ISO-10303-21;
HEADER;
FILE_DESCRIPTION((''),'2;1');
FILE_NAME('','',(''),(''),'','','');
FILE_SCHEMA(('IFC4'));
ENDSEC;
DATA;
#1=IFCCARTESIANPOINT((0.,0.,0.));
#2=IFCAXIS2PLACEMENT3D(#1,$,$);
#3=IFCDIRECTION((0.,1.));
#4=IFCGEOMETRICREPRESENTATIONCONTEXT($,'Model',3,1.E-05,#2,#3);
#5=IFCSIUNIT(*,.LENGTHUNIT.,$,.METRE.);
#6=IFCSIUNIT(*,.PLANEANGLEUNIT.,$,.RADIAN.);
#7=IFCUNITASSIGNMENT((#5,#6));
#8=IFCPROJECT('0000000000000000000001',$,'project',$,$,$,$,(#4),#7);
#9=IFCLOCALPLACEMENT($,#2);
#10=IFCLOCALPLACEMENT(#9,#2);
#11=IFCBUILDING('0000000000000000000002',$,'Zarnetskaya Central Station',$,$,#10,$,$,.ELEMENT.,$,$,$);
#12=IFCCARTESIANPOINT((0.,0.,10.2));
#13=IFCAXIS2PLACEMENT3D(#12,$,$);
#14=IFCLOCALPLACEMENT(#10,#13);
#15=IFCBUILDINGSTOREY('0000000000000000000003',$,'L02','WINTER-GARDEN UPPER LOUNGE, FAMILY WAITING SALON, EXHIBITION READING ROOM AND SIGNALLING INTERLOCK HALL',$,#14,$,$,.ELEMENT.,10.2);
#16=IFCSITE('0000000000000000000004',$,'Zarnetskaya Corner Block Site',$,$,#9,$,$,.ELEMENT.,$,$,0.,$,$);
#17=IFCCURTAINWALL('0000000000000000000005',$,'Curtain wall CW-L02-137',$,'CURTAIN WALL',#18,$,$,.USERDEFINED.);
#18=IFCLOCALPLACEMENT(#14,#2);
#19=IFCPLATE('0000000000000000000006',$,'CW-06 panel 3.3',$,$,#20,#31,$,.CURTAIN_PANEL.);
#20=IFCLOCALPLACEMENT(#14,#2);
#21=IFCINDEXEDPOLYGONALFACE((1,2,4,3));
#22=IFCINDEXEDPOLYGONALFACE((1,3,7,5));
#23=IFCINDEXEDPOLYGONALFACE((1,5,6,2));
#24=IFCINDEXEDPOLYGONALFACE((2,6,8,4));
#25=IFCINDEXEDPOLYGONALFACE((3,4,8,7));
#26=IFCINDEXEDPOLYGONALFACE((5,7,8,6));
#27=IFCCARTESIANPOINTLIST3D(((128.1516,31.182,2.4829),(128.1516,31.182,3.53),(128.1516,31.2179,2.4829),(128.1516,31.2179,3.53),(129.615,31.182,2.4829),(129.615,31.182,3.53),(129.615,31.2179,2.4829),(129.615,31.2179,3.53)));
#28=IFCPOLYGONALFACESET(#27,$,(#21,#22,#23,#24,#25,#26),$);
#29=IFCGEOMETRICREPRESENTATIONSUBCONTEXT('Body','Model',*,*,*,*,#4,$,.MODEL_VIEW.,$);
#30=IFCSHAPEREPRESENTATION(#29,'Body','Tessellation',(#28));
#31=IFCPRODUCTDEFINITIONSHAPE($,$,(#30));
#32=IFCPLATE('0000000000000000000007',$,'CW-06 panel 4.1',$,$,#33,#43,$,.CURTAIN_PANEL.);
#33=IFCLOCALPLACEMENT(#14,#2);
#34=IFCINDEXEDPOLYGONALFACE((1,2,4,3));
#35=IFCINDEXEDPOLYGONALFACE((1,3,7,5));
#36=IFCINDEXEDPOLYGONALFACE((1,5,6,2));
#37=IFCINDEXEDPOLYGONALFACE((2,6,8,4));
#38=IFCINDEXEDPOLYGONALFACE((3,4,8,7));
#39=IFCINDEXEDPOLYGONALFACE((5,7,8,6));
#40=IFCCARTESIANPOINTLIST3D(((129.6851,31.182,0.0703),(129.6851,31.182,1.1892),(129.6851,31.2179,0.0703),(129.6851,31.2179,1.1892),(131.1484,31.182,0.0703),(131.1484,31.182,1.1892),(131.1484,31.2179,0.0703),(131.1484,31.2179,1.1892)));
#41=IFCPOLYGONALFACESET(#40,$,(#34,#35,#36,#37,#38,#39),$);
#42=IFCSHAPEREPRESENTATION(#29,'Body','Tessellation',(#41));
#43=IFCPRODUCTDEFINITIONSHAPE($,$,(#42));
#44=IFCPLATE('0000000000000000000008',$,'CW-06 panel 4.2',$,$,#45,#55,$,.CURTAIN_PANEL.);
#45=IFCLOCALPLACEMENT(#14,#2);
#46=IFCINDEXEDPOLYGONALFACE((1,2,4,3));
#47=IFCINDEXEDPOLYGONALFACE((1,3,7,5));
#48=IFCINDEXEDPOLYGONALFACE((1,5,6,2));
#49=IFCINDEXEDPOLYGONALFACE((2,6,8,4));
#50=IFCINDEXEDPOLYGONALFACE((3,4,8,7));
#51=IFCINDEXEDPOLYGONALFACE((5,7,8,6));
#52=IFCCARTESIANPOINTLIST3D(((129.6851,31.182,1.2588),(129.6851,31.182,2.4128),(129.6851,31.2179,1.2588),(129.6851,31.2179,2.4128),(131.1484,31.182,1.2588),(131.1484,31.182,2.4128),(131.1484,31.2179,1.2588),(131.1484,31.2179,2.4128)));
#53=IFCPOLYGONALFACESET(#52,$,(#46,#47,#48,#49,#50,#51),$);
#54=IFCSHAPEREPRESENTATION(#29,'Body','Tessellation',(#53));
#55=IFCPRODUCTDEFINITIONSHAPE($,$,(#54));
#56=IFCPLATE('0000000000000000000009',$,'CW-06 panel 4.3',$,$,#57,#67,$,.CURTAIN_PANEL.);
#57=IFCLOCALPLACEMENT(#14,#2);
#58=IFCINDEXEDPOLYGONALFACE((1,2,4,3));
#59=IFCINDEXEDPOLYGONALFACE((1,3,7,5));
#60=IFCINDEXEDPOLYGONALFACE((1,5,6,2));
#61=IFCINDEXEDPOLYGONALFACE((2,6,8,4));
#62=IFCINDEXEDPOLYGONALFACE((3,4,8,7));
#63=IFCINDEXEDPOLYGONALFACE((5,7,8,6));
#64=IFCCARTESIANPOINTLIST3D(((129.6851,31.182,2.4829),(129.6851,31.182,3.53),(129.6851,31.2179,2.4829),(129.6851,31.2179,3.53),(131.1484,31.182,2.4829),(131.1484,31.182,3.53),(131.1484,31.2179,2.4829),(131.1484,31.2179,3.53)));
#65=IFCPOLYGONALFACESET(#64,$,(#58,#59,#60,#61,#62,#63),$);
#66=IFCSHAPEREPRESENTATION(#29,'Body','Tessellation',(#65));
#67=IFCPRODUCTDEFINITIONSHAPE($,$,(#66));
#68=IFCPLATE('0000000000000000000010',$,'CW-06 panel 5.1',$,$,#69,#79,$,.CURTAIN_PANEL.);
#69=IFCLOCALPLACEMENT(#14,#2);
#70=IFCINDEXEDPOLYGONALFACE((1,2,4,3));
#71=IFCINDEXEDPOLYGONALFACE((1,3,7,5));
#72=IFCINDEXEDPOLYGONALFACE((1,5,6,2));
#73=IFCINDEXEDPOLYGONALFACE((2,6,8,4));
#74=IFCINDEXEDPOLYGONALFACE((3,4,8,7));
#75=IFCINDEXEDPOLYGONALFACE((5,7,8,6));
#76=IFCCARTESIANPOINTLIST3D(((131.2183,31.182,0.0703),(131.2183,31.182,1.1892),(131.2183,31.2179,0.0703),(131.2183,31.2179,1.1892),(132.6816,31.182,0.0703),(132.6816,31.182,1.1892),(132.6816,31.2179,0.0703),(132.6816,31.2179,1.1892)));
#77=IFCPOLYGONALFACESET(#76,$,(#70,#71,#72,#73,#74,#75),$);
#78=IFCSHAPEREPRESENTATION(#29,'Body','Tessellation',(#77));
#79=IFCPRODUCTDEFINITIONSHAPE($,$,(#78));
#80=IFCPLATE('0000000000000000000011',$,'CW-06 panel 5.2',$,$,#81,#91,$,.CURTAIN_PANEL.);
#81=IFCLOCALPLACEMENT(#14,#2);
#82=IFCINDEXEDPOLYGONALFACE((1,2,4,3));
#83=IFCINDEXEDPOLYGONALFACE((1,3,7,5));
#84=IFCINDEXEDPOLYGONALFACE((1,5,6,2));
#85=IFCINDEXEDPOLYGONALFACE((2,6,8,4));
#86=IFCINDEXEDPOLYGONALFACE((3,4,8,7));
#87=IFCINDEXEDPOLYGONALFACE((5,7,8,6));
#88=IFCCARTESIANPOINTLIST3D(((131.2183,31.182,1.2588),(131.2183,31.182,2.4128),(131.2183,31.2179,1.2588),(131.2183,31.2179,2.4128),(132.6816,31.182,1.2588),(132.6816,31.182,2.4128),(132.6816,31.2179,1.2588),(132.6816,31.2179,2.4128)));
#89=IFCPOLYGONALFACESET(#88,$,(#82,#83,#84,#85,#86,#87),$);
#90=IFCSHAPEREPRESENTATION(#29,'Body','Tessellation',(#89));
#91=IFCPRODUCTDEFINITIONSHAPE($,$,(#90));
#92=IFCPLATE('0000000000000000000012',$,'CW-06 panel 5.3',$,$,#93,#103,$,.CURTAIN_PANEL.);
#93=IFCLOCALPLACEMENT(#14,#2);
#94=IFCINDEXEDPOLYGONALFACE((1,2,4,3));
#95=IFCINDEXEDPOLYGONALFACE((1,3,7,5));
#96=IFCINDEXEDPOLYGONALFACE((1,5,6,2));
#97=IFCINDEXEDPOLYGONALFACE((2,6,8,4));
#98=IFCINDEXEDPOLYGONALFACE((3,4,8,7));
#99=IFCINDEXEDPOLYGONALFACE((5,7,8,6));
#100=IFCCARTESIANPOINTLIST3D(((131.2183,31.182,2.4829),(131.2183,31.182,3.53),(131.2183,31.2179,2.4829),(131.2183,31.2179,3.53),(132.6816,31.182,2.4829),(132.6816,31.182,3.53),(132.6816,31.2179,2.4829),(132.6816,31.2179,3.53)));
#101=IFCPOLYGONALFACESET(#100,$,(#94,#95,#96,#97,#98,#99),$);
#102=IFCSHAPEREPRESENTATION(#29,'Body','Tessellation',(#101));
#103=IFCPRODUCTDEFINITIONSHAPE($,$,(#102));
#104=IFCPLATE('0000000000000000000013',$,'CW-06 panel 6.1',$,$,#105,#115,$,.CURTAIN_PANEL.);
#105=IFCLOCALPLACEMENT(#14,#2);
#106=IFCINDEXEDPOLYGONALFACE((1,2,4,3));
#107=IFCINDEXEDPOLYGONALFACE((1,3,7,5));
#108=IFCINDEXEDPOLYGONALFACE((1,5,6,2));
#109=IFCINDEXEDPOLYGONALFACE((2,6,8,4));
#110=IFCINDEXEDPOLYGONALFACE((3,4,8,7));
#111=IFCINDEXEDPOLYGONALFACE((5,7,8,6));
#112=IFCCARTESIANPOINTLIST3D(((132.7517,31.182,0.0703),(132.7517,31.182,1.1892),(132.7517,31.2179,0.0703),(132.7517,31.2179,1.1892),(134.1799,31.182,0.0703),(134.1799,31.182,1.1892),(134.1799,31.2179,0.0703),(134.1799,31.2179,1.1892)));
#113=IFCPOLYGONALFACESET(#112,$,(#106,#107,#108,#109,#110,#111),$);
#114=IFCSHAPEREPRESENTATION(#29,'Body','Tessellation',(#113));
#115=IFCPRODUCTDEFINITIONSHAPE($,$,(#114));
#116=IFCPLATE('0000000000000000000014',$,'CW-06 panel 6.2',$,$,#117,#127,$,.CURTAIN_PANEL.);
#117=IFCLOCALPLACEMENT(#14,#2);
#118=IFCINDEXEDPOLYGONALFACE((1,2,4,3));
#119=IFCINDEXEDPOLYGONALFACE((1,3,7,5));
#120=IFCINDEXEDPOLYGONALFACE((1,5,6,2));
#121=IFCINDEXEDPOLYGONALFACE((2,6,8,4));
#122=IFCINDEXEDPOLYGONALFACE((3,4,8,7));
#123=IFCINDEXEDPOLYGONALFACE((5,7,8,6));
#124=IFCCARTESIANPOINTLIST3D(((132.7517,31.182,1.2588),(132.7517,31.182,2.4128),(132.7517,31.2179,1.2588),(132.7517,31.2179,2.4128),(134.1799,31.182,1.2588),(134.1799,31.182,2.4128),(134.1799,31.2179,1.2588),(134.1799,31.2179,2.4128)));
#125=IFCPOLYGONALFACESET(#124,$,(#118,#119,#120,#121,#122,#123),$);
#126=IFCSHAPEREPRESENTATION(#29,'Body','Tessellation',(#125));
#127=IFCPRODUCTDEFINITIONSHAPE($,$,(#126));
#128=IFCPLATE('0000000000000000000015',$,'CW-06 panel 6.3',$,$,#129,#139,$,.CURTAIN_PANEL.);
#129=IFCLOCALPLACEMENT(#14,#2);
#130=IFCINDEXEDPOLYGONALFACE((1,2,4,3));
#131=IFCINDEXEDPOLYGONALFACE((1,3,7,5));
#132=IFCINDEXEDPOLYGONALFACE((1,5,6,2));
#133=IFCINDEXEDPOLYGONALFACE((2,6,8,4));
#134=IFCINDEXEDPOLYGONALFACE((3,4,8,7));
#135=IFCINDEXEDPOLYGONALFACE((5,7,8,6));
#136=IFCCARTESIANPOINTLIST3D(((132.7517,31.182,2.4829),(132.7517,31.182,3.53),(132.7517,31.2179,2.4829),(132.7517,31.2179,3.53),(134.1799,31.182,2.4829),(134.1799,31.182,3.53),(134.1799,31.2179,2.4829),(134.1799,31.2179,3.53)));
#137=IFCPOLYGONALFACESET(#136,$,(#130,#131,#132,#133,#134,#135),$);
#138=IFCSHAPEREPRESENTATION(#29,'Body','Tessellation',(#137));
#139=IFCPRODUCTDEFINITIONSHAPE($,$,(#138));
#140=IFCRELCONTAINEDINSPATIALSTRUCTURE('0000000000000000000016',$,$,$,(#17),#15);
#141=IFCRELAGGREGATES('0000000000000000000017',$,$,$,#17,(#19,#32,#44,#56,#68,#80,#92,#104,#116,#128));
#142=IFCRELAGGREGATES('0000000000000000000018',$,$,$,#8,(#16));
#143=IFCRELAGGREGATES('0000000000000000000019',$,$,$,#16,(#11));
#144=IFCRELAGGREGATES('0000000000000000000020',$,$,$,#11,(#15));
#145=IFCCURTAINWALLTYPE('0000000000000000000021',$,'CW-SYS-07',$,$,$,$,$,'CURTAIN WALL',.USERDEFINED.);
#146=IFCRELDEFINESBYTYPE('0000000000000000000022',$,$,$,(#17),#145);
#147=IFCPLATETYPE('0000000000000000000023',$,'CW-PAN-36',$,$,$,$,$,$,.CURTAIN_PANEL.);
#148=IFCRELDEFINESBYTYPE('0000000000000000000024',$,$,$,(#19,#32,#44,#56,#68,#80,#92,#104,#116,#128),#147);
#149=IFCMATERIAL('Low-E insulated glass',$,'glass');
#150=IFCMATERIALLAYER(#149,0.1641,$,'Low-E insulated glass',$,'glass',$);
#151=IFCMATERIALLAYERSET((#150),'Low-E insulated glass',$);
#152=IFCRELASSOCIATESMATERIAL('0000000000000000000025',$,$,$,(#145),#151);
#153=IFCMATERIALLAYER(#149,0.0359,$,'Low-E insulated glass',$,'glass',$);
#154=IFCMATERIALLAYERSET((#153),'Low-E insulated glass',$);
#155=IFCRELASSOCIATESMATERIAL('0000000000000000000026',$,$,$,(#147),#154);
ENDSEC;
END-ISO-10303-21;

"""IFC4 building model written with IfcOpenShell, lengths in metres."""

from ifc_helpers import new_model, si_unit, direction, frame, origin, origin_2d, place, context, subcontext, project, spatial, rectangle, extrude, material, layer, layer_set, type_object, element, aggregate, save


model = new_model("IFC4")

# Units and contexts
model_context = context("Model", 3, precision=1e-05, world=origin(), true_north=direction((0.0, 1.0)))
body_context = subcontext(model_context, "Body", "Model", "MODEL_VIEW")
ifc_project = project(units=[si_unit("LENGTHUNIT", "METRE"), si_unit("PLANEANGLEUNIT", "RADIAN")], contexts=[model_context])

# Site, building, storey
site_placement = place(None, origin())
site = spatial("IfcSite", under=ifc_project, at=site_placement, Name="Zarnetskaya Corner Block Site", CompositionType="ELEMENT", RefElevation=0.0)
building_placement = place(site_placement, origin())
building = spatial("IfcBuilding", under=site, at=building_placement, Name="Zarnetskaya Central Station", CompositionType="ELEMENT")
storey_placement = place(building_placement, frame((0.0, 0.0, 10.2)))
storey = spatial("IfcBuildingStorey", under=building, at=storey_placement, Name="L02", Description="WINTER-GARDEN UPPER LOUNGE, FAMILY WAITING SALON, EXHIBITION READING ROOM AND SIGNALLING INTERLOCK HALL", CompositionType="ELEMENT", Elevation=10.2)

# Curtain wall, plates
ifc_material_1 = material(Name="Low-E insulated glass", Category="glass")
ifc_layer_1 = layer(ifc_material_1, 0.1641, Name="Low-E insulated glass", Category="glass")
ifc_layer_set_1 = layer_set([ifc_layer_1], Name="Low-E insulated glass")
curtain_wall_type = type_object("IfcCurtainWallType", Name="CW-SYS-07", ElementType="CURTAIN WALL", PredefinedType="USERDEFINED", material=ifc_layer_set_1)
curtain_wall_placement = place(storey_placement, origin())
curtain_wall = element("IfcCurtainWall", 1, at=curtain_wall_placement, inside=storey, type_object=curtain_wall_type, Name="Curtain wall CW-L02-137", ObjectType="CURTAIN WALL", PredefinedType="USERDEFINED")
ifc_layer_2 = layer(ifc_material_1, 0.0359, Name="Low-E insulated glass", Category="glass")
ifc_layer_set_2 = layer_set([ifc_layer_2], Name="Low-E insulated glass")
plate_type = type_object("IfcPlateType", Name="CW-PAN-36", PredefinedType="CURTAIN_PANEL", material=ifc_layer_set_2)
plate_1_placement = place(storey_placement, frame((128.8833, 31.2, 2.4829), z_axis=(0.0, 0.0, 1.0), x_axis=(1.0, 0.0, 0.0)))
plate_1 = element("IfcPlate", 2, at=plate_1_placement, type_object=plate_type, Name="CW-06 panel 3.3", PredefinedType="CURTAIN_PANEL", context=body_context, shape_type="SweptSolid", body=[
    extrude(rectangle(XDim=1.4634, YDim=0.0359, at=origin_2d()), origin(), (0.0, 0.0, 1.0), 1.0471),
])
plate_2_placement = place(storey_placement, frame((130.4167, 31.2, 0.0703), z_axis=(0.0, 0.0, 1.0), x_axis=(1.0, 0.0, 0.0)))
plate_2 = element("IfcPlate", 3, at=plate_2_placement, type_object=plate_type, Name="CW-06 panel 4.1", PredefinedType="CURTAIN_PANEL", context=body_context, shape_type="SweptSolid", body=[
    extrude(rectangle(XDim=1.4634, YDim=0.0359, at=origin_2d()), origin(), (0.0, 0.0, 1.0), 1.1189),
])
plate_3_placement = place(storey_placement, frame((130.4167, 31.2, 1.2588), z_axis=(0.0, 0.0, 1.0), x_axis=(1.0, 0.0, 0.0)))
plate_3 = element("IfcPlate", 4, at=plate_3_placement, type_object=plate_type, Name="CW-06 panel 4.2", PredefinedType="CURTAIN_PANEL", context=body_context, shape_type="SweptSolid", body=[
    extrude(rectangle(XDim=1.4634, YDim=0.0359, at=origin_2d()), origin(), (0.0, 0.0, 1.0), 1.1541),
])
plate_4_placement = place(storey_placement, frame((130.4167, 31.2, 2.4829), z_axis=(0.0, 0.0, 1.0), x_axis=(1.0, 0.0, 0.0)))
plate_4 = element("IfcPlate", 5, at=plate_4_placement, type_object=plate_type, Name="CW-06 panel 4.3", PredefinedType="CURTAIN_PANEL", context=body_context, shape_type="SweptSolid", body=[
    extrude(rectangle(XDim=1.4634, YDim=0.0359, at=origin_2d()), origin(), (0.0, 0.0, 1.0), 1.0471),
])
plate_5_placement = place(storey_placement, frame((131.95, 31.2, 0.0703), z_axis=(0.0, 0.0, 1.0), x_axis=(1.0, 0.0, 0.0)))
plate_5 = element("IfcPlate", 6, at=plate_5_placement, type_object=plate_type, Name="CW-06 panel 5.1", PredefinedType="CURTAIN_PANEL", context=body_context, shape_type="SweptSolid", body=[
    extrude(rectangle(XDim=1.4634, YDim=0.0359, at=origin_2d()), origin(), (0.0, 0.0, 1.0), 1.1189),
])
plate_6_placement = place(storey_placement, frame((131.95, 31.2, 1.2588), z_axis=(0.0, 0.0, 1.0), x_axis=(1.0, 0.0, 0.0)))
plate_6 = element("IfcPlate", 7, at=plate_6_placement, type_object=plate_type, Name="CW-06 panel 5.2", PredefinedType="CURTAIN_PANEL", context=body_context, shape_type="SweptSolid", body=[
    extrude(rectangle(XDim=1.4634, YDim=0.0359, at=origin_2d()), origin(), (0.0, 0.0, 1.0), 1.1541),
])
plate_7_placement = place(storey_placement, frame((131.95, 31.2, 2.4829), z_axis=(0.0, 0.0, 1.0), x_axis=(1.0, 0.0, 0.0)))
plate_7 = element("IfcPlate", 8, at=plate_7_placement, type_object=plate_type, Name="CW-06 panel 5.3", PredefinedType="CURTAIN_PANEL", context=body_context, shape_type="SweptSolid", body=[
    extrude(rectangle(XDim=1.4634, YDim=0.0359, at=origin_2d()), origin(), (0.0, 0.0, 1.0), 1.0471),
])
plate_8_placement = place(storey_placement, frame((133.4658, 31.2, 0.0703), z_axis=(0.0, 0.0, 1.0), x_axis=(1.0, 0.0, 0.0)))
plate_8 = element("IfcPlate", 9, at=plate_8_placement, type_object=plate_type, Name="CW-06 panel 6.1", PredefinedType="CURTAIN_PANEL", context=body_context, shape_type="SweptSolid", body=[
    extrude(rectangle(XDim=1.4282, YDim=0.0359, at=origin_2d()), origin(), (0.0, 0.0, 1.0), 1.1189),
])
plate_9_placement = place(storey_placement, frame((133.4658, 31.2, 1.2588), z_axis=(0.0, 0.0, 1.0), x_axis=(1.0, 0.0, 0.0)))
plate_9 = element("IfcPlate", 10, at=plate_9_placement, type_object=plate_type, Name="CW-06 panel 6.2", PredefinedType="CURTAIN_PANEL", context=body_context, shape_type="SweptSolid", body=[
    extrude(rectangle(XDim=1.4282, YDim=0.0359, at=origin_2d()), origin(), (0.0, 0.0, 1.0), 1.1541),
])
plate_10_placement = place(storey_placement, frame((133.4658, 31.2, 2.4829), z_axis=(0.0, 0.0, 1.0), x_axis=(1.0, 0.0, 0.0)))
plate_10 = element("IfcPlate", 11, at=plate_10_placement, type_object=plate_type, Name="CW-06 panel 6.3", PredefinedType="CURTAIN_PANEL", context=body_context, shape_type="SweptSolid", body=[
    extrude(rectangle(XDim=1.4282, YDim=0.0359, at=origin_2d()), origin(), (0.0, 0.0, 1.0), 1.0471),
])
aggregate(curtain_wall, [plate_1, plate_2, plate_3, plate_4, plate_5, plate_6, plate_7, plate_8, plate_9, plate_10])

save(model, "model.ifc")
